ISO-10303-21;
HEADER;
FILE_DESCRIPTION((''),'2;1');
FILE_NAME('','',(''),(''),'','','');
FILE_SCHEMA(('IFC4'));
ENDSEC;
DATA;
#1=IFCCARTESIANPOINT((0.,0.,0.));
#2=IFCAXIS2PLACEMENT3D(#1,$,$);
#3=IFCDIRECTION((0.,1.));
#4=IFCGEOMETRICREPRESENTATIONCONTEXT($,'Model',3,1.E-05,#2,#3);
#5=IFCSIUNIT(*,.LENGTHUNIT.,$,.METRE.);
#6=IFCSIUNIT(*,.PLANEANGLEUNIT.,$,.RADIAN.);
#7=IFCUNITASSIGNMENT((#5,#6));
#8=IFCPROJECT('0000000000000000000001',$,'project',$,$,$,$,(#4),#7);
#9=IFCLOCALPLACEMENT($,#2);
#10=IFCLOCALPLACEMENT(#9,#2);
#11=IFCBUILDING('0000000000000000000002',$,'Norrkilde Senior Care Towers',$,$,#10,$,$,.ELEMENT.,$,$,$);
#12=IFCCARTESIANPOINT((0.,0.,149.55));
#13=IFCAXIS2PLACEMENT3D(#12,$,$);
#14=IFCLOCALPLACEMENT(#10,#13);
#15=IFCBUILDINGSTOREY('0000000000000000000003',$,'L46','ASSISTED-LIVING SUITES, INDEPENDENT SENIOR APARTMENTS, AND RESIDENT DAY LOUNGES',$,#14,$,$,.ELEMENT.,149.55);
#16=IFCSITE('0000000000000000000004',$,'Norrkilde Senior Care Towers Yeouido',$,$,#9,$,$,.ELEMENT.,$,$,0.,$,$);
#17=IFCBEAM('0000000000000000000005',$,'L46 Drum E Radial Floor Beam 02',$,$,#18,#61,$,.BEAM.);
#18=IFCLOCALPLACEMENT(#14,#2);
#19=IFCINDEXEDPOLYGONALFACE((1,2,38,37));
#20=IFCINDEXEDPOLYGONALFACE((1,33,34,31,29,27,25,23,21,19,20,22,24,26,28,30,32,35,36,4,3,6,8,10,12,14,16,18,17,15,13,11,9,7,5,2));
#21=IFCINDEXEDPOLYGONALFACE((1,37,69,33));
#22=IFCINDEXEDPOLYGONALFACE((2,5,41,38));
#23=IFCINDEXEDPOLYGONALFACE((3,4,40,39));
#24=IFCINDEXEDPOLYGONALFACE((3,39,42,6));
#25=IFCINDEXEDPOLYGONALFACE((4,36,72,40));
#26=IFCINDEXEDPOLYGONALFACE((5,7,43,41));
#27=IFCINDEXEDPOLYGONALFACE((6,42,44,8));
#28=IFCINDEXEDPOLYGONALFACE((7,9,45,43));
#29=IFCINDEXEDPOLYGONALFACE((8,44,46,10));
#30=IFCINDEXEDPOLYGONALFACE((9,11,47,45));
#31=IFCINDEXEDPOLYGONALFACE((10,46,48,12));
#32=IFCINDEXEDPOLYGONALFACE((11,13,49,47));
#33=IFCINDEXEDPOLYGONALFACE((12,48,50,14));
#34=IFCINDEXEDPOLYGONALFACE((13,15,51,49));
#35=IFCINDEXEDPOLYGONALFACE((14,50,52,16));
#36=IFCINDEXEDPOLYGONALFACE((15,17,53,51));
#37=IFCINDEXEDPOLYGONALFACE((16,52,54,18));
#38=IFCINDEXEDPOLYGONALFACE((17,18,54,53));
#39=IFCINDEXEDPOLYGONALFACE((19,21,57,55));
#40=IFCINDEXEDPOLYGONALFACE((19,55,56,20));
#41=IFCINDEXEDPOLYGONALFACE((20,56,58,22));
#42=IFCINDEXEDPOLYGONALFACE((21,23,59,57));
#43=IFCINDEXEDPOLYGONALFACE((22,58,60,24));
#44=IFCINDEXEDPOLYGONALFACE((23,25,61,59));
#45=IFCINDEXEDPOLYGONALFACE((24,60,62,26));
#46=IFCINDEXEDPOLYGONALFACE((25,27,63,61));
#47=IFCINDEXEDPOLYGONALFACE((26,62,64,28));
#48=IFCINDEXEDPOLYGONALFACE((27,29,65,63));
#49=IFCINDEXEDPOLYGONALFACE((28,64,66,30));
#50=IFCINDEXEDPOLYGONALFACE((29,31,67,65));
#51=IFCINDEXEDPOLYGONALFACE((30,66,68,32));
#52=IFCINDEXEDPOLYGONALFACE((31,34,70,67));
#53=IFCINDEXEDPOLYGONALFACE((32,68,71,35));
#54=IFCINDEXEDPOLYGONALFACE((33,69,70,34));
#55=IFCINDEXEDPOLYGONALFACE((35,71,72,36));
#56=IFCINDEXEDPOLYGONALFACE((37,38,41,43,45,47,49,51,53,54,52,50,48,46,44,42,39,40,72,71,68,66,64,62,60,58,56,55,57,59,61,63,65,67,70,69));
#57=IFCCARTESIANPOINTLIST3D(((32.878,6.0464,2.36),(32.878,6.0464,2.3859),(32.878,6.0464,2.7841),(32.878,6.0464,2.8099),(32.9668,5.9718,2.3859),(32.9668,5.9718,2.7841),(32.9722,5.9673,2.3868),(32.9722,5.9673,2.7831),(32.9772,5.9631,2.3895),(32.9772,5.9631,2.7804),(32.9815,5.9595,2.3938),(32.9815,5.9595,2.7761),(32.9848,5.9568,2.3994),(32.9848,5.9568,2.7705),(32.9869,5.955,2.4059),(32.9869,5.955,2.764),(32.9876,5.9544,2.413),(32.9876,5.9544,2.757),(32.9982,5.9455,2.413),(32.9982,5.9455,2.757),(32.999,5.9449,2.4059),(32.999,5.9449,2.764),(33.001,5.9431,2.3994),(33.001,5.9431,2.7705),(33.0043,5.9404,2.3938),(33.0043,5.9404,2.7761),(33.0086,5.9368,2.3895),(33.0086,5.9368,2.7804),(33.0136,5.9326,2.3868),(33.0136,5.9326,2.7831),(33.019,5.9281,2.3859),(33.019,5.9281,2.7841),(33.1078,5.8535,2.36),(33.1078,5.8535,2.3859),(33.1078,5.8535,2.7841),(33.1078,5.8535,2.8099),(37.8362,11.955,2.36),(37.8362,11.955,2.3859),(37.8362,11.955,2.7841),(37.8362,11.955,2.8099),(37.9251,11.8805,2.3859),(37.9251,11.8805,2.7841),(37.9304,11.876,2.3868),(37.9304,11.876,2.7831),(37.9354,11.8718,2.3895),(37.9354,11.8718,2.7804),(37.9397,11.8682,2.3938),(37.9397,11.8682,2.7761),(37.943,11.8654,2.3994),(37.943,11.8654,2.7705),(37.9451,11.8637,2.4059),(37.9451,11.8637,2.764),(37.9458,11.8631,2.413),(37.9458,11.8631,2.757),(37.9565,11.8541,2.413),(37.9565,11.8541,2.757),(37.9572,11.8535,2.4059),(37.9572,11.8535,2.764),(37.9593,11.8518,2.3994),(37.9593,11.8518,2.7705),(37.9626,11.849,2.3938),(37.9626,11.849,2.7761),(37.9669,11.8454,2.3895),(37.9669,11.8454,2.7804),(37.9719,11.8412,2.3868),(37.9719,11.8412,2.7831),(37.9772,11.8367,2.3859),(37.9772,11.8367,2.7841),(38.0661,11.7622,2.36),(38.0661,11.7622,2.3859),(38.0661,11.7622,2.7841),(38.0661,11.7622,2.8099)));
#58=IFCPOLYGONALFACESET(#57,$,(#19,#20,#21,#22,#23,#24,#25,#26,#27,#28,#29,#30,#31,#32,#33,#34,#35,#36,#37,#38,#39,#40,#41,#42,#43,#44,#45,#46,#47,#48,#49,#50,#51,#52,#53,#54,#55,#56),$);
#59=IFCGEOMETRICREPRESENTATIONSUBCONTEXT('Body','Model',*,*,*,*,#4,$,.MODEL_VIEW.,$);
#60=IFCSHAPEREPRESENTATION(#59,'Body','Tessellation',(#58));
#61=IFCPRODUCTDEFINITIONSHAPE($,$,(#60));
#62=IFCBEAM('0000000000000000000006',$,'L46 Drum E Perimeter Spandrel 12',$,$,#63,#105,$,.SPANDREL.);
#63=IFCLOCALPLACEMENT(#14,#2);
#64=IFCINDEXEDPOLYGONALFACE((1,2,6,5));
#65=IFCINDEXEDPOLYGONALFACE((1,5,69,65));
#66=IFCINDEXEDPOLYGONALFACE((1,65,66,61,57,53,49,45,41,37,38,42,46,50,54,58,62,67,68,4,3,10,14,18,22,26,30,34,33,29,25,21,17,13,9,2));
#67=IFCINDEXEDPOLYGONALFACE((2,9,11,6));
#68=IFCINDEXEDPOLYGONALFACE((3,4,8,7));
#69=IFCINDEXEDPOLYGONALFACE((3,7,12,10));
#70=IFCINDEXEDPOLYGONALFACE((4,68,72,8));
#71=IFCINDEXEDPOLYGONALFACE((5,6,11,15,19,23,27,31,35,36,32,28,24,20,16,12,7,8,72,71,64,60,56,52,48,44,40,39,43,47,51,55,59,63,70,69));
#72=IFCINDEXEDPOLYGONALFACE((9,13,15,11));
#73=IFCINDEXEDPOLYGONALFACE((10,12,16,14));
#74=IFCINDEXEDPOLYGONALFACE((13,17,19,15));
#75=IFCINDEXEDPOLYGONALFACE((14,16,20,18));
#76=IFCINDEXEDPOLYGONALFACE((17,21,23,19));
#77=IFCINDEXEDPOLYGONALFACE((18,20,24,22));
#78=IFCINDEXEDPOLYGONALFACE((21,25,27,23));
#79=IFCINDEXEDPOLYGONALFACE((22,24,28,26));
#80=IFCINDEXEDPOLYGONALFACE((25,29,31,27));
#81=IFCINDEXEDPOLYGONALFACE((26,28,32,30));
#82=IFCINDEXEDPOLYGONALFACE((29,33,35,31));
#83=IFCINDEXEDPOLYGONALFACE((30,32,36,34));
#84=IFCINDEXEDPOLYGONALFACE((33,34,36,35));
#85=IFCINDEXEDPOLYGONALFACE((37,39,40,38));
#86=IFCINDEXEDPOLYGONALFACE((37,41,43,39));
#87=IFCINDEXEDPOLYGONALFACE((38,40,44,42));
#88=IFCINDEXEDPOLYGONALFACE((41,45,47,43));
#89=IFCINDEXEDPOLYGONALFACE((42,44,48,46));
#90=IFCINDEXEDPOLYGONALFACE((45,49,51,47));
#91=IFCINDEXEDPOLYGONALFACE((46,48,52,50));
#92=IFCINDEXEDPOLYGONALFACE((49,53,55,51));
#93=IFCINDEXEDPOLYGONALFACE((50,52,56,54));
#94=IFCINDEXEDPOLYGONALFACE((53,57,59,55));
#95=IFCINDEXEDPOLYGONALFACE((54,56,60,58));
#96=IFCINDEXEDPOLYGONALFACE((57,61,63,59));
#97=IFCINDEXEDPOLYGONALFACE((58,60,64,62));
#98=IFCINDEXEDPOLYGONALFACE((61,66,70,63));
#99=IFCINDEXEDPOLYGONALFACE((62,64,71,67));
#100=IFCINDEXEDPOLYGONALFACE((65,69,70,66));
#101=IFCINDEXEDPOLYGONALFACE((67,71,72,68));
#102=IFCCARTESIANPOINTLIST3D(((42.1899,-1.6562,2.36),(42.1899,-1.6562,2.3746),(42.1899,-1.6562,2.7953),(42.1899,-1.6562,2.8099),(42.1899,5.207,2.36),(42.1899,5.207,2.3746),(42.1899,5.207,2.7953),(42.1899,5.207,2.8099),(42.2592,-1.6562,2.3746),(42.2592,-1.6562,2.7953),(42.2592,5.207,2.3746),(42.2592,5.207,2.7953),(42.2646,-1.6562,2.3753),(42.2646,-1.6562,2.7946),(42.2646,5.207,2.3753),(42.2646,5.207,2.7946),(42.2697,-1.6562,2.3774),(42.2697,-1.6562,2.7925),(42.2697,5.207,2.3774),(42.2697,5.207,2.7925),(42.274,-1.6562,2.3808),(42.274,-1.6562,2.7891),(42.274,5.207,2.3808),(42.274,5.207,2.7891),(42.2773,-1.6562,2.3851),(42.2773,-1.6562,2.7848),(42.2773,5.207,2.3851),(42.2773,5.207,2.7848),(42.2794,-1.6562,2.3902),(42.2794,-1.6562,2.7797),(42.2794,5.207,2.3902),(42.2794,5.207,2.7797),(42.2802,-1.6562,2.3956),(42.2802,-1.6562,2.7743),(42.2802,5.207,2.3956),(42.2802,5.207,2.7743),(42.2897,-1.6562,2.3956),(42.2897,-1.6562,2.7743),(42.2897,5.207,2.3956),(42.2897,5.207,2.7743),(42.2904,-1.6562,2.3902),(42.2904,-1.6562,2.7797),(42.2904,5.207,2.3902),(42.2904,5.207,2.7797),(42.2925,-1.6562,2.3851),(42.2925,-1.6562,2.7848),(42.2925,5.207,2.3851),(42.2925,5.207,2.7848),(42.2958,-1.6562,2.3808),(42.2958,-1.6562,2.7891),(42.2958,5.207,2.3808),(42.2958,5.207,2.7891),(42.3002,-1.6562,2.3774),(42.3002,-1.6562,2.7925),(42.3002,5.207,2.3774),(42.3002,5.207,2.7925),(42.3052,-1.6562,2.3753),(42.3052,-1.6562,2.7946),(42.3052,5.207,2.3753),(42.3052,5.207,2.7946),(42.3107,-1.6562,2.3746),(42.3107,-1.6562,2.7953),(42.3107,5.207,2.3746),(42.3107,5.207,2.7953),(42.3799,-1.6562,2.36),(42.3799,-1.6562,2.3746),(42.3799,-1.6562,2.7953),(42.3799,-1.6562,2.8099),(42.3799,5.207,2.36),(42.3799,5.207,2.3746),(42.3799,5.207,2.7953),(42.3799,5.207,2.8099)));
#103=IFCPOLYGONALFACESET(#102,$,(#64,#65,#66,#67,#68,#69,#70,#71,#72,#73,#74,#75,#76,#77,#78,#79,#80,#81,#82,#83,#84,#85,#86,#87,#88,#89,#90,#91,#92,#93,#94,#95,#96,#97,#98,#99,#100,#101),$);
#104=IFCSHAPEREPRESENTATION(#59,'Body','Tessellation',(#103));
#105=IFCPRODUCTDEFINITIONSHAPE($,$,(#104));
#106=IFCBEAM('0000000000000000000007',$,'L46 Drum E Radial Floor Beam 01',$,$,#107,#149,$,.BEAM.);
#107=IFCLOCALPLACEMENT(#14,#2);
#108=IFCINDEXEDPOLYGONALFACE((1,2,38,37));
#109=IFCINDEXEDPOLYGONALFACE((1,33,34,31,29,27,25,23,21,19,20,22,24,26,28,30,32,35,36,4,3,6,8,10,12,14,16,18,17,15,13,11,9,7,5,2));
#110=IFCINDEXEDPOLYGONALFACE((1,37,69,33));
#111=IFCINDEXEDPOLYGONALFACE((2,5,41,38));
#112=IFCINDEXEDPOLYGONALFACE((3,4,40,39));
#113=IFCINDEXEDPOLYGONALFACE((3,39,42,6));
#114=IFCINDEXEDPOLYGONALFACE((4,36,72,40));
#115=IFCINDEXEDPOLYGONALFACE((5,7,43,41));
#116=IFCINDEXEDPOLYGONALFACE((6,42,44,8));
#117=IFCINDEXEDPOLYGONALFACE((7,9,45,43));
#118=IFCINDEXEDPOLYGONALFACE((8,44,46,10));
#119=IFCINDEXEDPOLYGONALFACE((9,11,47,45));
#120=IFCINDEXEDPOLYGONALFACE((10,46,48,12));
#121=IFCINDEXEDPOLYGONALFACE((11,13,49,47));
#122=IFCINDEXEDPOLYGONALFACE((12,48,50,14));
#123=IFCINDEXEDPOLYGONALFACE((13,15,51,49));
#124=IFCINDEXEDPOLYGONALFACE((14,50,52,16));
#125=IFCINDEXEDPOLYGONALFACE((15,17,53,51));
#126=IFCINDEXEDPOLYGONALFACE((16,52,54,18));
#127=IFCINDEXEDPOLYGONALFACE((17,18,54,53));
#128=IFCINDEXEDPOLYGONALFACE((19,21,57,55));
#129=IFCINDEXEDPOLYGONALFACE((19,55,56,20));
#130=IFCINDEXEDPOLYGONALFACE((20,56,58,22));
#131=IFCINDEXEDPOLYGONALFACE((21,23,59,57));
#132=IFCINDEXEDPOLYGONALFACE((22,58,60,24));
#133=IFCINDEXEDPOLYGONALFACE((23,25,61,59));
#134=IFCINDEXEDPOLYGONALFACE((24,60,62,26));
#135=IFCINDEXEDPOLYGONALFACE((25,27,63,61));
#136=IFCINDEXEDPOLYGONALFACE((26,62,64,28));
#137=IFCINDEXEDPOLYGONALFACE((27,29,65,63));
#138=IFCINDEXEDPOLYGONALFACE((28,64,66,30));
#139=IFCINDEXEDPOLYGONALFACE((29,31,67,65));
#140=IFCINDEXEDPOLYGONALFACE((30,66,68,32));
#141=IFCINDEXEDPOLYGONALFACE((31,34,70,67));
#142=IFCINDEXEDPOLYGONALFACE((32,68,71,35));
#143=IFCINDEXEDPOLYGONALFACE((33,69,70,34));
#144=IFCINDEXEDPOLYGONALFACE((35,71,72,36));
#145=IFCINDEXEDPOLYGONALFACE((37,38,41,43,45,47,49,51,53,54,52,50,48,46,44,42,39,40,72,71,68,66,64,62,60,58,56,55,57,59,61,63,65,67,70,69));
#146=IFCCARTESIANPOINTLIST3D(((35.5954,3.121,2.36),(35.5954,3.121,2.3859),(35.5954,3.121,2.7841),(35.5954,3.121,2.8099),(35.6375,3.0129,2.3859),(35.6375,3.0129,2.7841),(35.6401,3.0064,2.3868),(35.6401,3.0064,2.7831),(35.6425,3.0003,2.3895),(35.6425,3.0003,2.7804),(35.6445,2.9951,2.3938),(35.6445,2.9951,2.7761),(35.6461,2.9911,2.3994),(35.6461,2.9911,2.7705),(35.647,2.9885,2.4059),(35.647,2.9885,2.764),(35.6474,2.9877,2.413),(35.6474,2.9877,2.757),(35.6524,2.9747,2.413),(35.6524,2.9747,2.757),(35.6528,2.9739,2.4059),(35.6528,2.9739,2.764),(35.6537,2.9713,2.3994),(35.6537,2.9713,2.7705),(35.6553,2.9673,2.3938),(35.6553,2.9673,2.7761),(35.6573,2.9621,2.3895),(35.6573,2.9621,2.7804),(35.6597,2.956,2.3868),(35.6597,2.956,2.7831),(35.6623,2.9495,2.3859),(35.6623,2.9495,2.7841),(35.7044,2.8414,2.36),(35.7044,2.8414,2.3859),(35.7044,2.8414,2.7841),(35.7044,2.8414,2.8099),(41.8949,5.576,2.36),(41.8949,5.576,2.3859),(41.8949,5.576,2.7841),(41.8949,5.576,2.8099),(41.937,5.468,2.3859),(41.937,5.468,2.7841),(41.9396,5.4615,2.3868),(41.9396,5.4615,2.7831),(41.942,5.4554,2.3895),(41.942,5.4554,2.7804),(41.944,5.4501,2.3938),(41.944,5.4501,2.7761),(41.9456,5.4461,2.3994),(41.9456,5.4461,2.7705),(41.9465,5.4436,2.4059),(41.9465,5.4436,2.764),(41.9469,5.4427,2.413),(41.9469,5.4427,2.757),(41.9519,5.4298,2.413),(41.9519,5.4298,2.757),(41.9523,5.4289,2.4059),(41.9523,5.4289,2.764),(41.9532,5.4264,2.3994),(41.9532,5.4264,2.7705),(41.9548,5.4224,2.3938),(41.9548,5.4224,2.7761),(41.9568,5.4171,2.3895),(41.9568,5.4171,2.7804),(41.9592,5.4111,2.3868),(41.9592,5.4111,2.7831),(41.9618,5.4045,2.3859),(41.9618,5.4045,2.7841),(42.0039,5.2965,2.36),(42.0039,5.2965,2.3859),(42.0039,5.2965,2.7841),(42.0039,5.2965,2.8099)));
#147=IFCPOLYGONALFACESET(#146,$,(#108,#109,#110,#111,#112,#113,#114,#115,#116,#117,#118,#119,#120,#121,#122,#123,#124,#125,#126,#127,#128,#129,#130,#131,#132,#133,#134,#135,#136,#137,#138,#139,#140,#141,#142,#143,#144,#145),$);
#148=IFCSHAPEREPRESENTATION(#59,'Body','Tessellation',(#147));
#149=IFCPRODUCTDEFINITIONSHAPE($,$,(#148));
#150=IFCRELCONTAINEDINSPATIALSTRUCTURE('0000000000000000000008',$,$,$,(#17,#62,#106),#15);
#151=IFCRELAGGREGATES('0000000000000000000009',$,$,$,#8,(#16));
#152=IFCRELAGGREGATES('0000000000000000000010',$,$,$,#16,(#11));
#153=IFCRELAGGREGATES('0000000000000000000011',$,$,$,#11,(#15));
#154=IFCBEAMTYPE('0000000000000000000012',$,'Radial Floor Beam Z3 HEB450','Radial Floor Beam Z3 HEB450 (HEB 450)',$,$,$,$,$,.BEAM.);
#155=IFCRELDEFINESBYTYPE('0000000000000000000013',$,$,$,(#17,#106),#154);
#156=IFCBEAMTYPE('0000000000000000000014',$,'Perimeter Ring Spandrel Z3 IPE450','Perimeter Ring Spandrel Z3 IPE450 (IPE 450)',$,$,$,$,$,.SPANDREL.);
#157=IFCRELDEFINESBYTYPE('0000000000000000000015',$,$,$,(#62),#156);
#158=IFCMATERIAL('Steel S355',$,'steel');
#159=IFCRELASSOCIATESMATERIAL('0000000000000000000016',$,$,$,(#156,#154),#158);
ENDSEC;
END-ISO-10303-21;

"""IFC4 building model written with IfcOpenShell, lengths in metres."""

from ifc_helpers import new_model, si_unit, direction, frame, origin, origin_2d, place, context, subcontext, project, spatial, i_section, extrude, source, transform, mapped, material, material_profile, profile_set, type_object, element, save


model = new_model("IFC4")

# Units and contexts
model_context = context("Model", 3, precision=1e-05, world=origin(), true_north=direction((0.0, 1.0)))
body_context = subcontext(model_context, "Body", "Model", "MODEL_VIEW")
ifc_project = project(units=[si_unit("LENGTHUNIT", "METRE"), si_unit("PLANEANGLEUNIT", "RADIAN")], contexts=[model_context])

# Site, building, storey
site_placement = place(None, origin())
site = spatial("IfcSite", under=ifc_project, at=site_placement, Name="Norrkilde Senior Care Towers Yeouido", CompositionType="ELEMENT", RefElevation=0.0)
building_placement = place(site_placement, origin())
building = spatial("IfcBuilding", under=site, at=building_placement, Name="Norrkilde Senior Care Towers", CompositionType="ELEMENT")
storey_placement = place(building_placement, frame((0.0, 0.0, 149.55)))
storey = spatial("IfcBuildingStorey", under=building, at=storey_placement, Name="L46", Description="ASSISTED-LIVING SUITES, INDEPENDENT SENIOR APARTMENTS, AND RESIDENT DAY LOUNGES", CompositionType="ELEMENT", Elevation=149.55)

# Beams
ifc_material_1 = material(Name="Steel S355", Category="steel")
ifc_material_profile_1 = material_profile(ifc_material_1, i_section(OverallWidth=0.1899, OverallDepth=0.45, WebThickness=0.0095, FlangeThickness=0.0146, FilletRadius=0.021, at=origin_2d()), Name="IPE 450")
ifc_profile_set_1 = profile_set([ifc_material_profile_1], Name="Steel S355")
beam_type_1 = type_object("IfcBeamType", Name="Perimeter Ring Spandrel Z3 IPE450", Description="Perimeter Ring Spandrel Z3 IPE450 (IPE 450)", PredefinedType="SPANDREL", material=ifc_profile_set_1)
ifc_material_profile_2 = material_profile(ifc_material_1, i_section(OverallWidth=0.3, OverallDepth=0.45, WebThickness=0.0139, FlangeThickness=0.0259, FilletRadius=0.0271, at=origin_2d()), Name="HEB 450")
ifc_profile_set_2 = profile_set([ifc_material_profile_2], Name="Steel S355")
beam_type_2 = type_object("IfcBeamType", Name="Radial Floor Beam Z3 HEB450", Description="Radial Floor Beam Z3 HEB450 (HEB 450)", PredefinedType="BEAM", material=ifc_profile_set_2)
shared_shape_1 = source(origin(), body_context, "Body", "SweptSolid", [
    extrude(i_section(OverallWidth=0.3, OverallDepth=0.45, WebThickness=0.0139, FlangeThickness=0.0259, FilletRadius=0.0271, at=origin_2d()), origin(), (0.0, 0.0, 1.0), 7.7134),
])
beam_1_placement = place(storey_placement, frame((32.9929, 5.95, 2.585), z_axis=(0.642808, 0.766027, 0.0), x_axis=(-0.766027, 0.642808, 0.0)))
element("IfcBeam", 1, at=beam_1_placement, inside=storey, type_object=beam_type_2, Name="L46 Drum E Radial Floor Beam 02", PredefinedType="BEAM", context=body_context, shape_type="MappedRepresentation", body=[
    mapped(shared_shape_1, transform((0.0, 0.0, 0.0), x_axis=(1.0, 0.0, 0.0), y_axis=(0.0, 1.0, 0.0), z_axis=(0.0, 0.0, 1.0), scale=1.0)),
])
shared_shape_2 = source(origin(), body_context, "Body", "SweptSolid", [
    extrude(i_section(OverallWidth=0.1899, OverallDepth=0.45, WebThickness=0.0095, FlangeThickness=0.0146, FilletRadius=0.021, at=origin_2d()), origin(), (0.0, 0.0, 1.0), 6.8633),
])
beam_2_placement = place(storey_placement, frame((42.2849, -1.6562, 2.585), z_axis=(0.0, 1.0, 0.0), x_axis=(-1.0, 0.0, 0.0)))
element("IfcBeam", 2, at=beam_2_placement, inside=storey, type_object=beam_type_1, Name="L46 Drum E Perimeter Spandrel 12", PredefinedType="SPANDREL", context=body_context, shape_type="MappedRepresentation", body=[
    mapped(shared_shape_2, transform((0.0, 0.0, 0.0), x_axis=(1.0, 0.0, 0.0), y_axis=(0.0, 1.0, 0.0), z_axis=(0.0, 0.0, 1.0), scale=1.0)),
])
shared_shape_3 = source(origin(), body_context, "Body", "SweptSolid", [
    extrude(i_section(OverallWidth=0.3, OverallDepth=0.45, WebThickness=0.0139, FlangeThickness=0.0259, FilletRadius=0.0271, at=origin_2d()), origin(), (0.0, 0.0, 1.0), 6.761),
])
beam_3_placement = place(storey_placement, frame((35.6499, 2.9812, 2.585), z_axis=(0.931742, 0.363121, 0.0), x_axis=(-0.363121, 0.931742, 0.0)))
element("IfcBeam", 3, at=beam_3_placement, inside=storey, type_object=beam_type_2, Name="L46 Drum E Radial Floor Beam 01", PredefinedType="BEAM", context=body_context, shape_type="MappedRepresentation", body=[
    mapped(shared_shape_3, transform((0.0, 0.0, 0.0), x_axis=(1.0, 0.0, 0.0), y_axis=(0.0, 1.0, 0.0), z_axis=(0.0, 0.0, 1.0), scale=1.0)),
])

save(model, "model.ifc")
